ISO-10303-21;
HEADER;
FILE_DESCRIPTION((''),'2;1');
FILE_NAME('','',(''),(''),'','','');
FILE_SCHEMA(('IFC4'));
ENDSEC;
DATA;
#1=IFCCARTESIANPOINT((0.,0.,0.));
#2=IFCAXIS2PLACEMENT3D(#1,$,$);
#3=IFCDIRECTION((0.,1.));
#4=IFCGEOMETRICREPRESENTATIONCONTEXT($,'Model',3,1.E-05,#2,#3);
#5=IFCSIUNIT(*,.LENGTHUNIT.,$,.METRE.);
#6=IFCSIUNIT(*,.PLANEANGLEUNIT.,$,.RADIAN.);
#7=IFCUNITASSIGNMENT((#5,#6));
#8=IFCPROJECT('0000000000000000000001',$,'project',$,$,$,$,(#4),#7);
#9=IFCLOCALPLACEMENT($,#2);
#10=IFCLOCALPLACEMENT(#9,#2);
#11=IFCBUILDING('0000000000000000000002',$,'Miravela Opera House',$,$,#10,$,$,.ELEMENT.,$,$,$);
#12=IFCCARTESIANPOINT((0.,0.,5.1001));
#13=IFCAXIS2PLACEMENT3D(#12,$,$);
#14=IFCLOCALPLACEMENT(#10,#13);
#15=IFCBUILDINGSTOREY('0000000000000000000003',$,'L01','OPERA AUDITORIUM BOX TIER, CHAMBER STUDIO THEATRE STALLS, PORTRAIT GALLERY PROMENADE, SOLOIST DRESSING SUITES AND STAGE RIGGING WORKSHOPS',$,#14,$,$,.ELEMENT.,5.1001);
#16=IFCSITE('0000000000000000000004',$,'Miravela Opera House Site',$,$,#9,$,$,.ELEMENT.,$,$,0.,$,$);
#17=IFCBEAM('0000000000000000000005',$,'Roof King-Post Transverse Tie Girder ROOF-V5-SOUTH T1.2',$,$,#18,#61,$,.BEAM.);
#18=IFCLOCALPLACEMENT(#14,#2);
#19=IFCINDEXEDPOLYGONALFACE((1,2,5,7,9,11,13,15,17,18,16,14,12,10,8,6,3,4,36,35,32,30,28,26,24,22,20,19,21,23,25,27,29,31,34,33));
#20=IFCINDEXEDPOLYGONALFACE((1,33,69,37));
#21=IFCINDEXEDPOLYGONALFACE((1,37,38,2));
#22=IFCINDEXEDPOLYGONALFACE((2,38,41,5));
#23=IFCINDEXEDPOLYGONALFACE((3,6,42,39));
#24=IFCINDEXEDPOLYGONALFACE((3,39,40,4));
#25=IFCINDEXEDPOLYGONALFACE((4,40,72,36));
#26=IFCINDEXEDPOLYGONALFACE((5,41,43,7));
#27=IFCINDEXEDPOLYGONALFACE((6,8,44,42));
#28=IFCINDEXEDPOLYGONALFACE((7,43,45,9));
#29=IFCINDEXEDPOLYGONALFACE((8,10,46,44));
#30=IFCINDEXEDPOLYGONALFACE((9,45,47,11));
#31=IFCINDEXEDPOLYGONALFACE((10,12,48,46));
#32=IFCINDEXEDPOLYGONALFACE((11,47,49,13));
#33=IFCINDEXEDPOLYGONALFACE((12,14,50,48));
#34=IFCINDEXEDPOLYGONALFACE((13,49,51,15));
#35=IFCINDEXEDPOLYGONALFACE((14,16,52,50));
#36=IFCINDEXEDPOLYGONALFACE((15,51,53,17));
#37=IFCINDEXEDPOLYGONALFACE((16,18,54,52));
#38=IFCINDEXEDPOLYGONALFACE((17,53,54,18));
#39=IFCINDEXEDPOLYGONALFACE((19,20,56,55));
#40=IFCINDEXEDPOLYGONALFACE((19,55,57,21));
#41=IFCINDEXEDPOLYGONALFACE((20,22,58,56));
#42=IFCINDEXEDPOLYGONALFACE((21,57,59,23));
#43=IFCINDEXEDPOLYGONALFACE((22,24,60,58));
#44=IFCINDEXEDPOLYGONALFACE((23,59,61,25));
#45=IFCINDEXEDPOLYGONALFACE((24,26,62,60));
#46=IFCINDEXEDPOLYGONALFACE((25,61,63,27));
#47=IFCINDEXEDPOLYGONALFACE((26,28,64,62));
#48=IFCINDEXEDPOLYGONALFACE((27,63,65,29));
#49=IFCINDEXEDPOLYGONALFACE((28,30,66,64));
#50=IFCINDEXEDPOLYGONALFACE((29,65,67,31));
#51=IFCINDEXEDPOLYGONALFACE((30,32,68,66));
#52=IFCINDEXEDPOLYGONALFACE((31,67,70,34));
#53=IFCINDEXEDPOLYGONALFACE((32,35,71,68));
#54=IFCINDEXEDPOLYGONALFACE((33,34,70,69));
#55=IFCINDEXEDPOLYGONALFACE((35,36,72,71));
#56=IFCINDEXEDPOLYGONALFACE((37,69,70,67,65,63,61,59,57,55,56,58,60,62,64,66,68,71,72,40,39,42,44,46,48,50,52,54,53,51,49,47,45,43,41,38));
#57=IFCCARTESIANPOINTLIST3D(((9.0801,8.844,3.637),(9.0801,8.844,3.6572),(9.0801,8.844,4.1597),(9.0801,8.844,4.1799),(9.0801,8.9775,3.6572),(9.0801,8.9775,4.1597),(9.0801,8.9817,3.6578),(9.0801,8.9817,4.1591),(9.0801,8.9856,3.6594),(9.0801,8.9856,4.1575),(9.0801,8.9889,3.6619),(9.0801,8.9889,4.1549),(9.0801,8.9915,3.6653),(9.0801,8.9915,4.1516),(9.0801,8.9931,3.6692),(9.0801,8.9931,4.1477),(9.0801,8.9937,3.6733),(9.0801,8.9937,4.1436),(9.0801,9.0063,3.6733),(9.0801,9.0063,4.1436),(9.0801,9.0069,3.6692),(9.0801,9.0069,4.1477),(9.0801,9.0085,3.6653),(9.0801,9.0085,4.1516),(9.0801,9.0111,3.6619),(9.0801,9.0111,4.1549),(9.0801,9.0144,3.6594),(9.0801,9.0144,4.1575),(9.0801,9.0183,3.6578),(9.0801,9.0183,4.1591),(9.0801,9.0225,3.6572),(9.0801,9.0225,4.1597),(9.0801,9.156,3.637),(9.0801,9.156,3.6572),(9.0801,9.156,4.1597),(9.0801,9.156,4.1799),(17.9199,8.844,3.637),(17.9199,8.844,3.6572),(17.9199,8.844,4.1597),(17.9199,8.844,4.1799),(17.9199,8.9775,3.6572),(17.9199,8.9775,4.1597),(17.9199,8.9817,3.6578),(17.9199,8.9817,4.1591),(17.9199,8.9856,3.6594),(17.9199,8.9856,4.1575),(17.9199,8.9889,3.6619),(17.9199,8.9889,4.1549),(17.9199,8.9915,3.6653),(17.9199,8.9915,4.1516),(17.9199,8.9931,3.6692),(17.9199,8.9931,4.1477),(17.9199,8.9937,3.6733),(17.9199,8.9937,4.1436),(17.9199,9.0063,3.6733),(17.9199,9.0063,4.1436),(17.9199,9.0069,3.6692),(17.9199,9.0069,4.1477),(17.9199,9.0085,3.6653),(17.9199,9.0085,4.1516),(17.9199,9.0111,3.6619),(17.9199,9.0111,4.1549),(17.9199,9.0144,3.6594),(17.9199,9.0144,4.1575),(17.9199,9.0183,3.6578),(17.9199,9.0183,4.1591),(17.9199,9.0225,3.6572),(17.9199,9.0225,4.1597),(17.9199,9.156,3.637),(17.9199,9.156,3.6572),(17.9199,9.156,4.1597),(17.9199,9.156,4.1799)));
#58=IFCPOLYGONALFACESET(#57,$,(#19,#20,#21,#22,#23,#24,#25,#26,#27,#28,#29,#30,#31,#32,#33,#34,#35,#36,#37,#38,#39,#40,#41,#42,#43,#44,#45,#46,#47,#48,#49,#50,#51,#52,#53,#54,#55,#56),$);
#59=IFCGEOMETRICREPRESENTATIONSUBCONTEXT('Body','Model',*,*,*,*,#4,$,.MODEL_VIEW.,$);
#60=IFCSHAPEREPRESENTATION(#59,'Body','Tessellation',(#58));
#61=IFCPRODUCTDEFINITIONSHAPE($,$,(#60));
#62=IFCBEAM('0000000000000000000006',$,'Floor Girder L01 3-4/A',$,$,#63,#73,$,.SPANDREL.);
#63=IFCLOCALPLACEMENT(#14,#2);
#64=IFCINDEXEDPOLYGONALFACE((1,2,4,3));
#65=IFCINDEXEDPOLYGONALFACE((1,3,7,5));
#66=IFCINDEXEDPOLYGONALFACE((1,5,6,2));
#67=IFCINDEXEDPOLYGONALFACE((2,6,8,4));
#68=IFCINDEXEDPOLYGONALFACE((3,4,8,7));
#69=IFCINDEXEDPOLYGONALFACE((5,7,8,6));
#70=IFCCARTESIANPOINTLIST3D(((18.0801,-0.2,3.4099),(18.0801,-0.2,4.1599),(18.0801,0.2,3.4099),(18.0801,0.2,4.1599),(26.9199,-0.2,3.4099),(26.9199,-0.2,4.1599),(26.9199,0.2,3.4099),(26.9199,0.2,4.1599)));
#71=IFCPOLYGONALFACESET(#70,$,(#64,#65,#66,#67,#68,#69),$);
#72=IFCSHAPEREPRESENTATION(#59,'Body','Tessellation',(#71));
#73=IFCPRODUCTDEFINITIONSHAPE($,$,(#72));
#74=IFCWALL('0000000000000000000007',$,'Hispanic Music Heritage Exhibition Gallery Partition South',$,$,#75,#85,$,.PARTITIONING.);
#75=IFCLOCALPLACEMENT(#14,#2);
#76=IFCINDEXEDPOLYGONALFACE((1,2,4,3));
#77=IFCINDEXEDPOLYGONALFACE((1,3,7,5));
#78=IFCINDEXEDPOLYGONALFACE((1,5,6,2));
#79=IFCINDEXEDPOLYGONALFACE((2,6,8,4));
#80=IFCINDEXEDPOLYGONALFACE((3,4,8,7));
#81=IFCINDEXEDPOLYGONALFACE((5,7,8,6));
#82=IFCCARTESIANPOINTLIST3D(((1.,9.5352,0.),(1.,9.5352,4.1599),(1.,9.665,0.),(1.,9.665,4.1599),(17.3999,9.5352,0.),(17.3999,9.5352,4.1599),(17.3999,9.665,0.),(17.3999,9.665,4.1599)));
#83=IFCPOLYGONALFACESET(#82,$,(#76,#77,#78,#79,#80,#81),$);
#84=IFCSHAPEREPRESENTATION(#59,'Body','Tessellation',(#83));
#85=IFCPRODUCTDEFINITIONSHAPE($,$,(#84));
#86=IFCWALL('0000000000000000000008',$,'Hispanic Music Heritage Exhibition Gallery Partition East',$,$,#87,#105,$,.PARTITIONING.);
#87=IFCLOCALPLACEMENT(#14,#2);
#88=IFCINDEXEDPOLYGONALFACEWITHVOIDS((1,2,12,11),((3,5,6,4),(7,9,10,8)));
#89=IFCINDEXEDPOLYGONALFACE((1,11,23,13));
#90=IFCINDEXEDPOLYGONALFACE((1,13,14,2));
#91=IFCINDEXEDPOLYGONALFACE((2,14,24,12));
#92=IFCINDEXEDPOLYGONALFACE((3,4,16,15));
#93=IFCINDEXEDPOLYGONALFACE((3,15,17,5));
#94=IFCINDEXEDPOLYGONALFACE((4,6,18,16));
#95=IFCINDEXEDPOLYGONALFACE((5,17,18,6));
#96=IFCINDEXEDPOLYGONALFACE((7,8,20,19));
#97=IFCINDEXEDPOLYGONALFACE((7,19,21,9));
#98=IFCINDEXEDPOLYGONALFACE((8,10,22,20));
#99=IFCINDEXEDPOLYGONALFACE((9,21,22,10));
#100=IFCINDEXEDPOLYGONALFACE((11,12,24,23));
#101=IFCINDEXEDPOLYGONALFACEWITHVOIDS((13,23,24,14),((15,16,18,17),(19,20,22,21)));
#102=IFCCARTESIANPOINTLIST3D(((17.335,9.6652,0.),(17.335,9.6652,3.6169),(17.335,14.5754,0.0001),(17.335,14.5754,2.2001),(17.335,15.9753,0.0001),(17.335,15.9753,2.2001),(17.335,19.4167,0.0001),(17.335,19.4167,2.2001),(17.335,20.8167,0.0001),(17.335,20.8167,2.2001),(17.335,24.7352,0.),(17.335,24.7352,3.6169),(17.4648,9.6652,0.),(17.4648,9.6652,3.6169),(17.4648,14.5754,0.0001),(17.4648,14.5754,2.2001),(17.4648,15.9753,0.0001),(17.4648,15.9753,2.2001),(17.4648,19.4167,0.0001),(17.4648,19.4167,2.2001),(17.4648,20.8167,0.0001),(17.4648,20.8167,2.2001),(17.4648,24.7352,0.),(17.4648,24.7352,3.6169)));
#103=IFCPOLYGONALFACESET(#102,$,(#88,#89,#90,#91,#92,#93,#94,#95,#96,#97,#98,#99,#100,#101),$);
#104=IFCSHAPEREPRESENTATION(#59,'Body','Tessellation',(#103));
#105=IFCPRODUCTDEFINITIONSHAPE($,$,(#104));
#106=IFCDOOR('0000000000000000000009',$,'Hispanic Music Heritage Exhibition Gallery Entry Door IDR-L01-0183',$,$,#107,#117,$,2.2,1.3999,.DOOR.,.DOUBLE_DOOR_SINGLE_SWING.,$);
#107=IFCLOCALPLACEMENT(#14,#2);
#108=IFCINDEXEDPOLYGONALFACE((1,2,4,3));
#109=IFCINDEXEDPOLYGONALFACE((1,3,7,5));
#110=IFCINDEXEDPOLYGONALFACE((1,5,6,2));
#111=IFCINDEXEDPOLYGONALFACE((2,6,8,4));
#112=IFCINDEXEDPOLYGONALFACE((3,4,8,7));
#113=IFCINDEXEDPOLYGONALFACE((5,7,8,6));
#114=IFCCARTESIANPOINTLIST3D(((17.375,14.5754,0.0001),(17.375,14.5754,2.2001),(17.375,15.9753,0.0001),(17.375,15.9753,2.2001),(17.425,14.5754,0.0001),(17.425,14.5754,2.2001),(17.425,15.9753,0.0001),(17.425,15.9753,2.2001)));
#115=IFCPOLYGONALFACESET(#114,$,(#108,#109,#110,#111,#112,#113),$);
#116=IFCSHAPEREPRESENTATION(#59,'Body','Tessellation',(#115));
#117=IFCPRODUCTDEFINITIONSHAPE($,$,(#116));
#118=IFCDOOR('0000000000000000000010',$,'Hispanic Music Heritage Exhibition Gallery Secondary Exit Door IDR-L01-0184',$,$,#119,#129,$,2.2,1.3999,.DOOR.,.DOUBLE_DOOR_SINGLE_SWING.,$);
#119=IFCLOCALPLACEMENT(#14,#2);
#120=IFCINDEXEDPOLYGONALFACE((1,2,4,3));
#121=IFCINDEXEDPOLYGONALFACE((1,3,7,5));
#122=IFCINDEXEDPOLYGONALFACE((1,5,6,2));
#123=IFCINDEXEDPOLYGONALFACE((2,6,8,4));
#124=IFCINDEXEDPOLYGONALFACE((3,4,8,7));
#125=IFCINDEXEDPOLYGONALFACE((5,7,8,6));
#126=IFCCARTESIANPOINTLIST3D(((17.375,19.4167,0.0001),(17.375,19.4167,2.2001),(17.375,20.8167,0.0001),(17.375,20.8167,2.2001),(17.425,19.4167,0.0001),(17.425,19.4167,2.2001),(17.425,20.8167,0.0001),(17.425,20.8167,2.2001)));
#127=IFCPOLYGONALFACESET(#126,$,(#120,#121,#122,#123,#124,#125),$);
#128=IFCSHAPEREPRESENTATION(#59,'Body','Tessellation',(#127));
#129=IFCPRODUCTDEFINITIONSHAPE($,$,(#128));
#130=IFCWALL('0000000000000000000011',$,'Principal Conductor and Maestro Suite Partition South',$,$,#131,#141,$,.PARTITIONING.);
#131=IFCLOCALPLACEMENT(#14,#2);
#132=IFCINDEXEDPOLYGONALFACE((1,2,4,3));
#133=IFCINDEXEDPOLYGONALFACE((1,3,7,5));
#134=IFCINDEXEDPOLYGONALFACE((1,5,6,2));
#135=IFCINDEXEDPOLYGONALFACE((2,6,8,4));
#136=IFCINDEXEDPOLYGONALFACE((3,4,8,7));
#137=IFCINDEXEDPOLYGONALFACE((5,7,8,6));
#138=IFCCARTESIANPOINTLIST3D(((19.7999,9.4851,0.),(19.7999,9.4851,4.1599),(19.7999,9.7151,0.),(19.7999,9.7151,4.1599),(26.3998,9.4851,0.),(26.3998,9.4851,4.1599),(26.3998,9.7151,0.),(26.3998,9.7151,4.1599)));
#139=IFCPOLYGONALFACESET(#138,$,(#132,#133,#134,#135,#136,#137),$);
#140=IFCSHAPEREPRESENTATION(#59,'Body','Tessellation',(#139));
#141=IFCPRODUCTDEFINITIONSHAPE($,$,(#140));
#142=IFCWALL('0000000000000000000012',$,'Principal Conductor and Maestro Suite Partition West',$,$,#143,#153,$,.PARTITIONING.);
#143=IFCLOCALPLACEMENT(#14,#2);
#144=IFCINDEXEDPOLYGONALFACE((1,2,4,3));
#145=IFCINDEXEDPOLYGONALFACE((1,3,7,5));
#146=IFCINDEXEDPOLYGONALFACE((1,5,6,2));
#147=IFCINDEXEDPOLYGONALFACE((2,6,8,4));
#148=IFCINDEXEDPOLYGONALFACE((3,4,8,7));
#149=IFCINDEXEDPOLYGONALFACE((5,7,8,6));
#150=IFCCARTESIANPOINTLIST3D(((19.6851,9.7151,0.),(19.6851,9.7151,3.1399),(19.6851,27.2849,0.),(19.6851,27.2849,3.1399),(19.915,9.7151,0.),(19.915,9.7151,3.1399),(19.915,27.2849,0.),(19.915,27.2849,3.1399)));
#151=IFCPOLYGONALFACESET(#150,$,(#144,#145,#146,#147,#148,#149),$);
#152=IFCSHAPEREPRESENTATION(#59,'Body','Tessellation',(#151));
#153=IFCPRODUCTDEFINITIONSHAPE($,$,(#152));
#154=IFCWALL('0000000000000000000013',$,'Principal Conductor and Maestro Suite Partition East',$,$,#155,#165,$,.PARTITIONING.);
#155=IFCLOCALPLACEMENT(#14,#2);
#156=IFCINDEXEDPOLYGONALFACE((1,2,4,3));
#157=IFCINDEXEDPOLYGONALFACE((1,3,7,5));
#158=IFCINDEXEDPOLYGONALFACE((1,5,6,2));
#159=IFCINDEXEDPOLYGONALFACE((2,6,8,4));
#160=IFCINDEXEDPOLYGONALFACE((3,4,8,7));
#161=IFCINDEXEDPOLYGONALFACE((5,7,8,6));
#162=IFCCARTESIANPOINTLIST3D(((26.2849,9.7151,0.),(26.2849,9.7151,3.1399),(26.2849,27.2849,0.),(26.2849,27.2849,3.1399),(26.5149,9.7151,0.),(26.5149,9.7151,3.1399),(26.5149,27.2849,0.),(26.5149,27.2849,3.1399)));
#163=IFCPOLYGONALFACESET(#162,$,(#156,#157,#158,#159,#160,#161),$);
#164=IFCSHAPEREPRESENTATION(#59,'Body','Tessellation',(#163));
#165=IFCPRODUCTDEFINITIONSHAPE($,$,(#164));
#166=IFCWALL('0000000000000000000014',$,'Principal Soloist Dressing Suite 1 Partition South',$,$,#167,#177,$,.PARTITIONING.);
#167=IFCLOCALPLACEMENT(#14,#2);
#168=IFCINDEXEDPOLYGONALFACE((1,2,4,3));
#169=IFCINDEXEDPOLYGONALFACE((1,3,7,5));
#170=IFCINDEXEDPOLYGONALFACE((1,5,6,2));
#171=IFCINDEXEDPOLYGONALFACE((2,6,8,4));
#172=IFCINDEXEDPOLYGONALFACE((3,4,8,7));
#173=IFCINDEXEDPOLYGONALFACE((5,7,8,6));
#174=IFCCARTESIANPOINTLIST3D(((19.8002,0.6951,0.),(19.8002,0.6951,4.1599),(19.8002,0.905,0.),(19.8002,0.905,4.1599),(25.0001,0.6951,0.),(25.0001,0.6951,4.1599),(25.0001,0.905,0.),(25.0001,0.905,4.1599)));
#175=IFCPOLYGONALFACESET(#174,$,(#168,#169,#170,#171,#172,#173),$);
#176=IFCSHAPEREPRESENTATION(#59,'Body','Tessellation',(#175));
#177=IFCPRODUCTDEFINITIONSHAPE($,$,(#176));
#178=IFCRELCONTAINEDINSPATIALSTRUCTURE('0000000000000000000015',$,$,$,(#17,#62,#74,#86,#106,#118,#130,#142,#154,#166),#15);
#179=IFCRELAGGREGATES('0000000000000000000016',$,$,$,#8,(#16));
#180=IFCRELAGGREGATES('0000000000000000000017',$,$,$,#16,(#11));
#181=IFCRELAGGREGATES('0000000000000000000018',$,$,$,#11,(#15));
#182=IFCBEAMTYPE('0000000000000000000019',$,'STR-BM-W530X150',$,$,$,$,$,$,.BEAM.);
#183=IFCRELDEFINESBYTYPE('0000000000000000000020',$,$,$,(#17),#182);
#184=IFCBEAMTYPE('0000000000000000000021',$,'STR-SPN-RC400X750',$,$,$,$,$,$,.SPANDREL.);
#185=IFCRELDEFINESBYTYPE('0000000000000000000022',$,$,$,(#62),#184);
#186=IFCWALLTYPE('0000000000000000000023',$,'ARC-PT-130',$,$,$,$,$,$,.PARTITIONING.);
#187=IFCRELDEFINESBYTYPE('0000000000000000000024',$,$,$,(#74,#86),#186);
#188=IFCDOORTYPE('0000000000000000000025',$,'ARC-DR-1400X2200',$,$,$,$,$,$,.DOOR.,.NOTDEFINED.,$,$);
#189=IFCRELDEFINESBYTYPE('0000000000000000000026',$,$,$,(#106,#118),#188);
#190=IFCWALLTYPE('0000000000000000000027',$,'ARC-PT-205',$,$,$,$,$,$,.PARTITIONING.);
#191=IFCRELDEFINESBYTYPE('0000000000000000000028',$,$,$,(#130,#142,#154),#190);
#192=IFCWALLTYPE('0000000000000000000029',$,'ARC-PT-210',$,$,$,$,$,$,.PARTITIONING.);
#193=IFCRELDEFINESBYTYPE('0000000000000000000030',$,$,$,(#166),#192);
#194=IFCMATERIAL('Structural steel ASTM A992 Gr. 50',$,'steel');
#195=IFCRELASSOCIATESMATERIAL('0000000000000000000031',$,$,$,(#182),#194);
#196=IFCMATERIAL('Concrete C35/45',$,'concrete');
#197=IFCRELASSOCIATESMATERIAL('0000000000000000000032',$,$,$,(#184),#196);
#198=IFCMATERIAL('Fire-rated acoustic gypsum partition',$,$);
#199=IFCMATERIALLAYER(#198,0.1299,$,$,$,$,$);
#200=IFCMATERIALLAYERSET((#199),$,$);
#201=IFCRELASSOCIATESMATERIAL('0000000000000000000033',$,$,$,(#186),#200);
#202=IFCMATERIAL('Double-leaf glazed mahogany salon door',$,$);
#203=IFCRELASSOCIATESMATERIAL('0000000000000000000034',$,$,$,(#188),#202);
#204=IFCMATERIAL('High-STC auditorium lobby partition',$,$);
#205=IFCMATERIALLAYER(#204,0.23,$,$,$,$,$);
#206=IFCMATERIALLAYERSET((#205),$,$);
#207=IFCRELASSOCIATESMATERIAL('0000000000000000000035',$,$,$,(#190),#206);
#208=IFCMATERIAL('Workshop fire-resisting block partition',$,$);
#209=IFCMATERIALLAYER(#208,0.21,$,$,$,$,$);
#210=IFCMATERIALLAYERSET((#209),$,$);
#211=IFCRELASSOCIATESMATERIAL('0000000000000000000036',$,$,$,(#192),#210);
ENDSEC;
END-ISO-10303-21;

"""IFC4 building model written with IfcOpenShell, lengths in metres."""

from ifc_helpers import new_model, si_unit, direction, frame, frame_2d, origin, origin_2d, place, context, subcontext, project, spatial, rectangle, i_section, extrude, material, layer, layer_set, material_profile, profile_set, type_object, element, fill, save


model = new_model("IFC4")

# Units and contexts
model_context = context("Model", 3, precision=1e-05, world=origin(), true_north=direction((0.0, 1.0)))
body_context = subcontext(model_context, "Body", "Model", "MODEL_VIEW")
ifc_project = project(units=[si_unit("LENGTHUNIT", "METRE"), si_unit("PLANEANGLEUNIT", "RADIAN")], contexts=[model_context])

# Site, building, storey
site_placement = place(None, origin())
site = spatial("IfcSite", under=ifc_project, at=site_placement, Name="Miravela Opera House Site", CompositionType="ELEMENT", RefElevation=0.0)
building_placement = place(site_placement, origin())
building = spatial("IfcBuilding", under=site, at=building_placement, Name="Miravela Opera House", CompositionType="ELEMENT")
storey_placement = place(building_placement, frame((0.0, 0.0, 5.1001)))
storey = spatial("IfcBuildingStorey", under=building, at=storey_placement, Name="L01", Description="OPERA AUDITORIUM BOX TIER, CHAMBER STUDIO THEATRE STALLS, PORTRAIT GALLERY PROMENADE, SOLOIST DRESSING SUITES AND STAGE RIGGING WORKSHOPS", CompositionType="ELEMENT", Elevation=5.1001)

# Shared definitions
ifc_material_1 = material(Name="Concrete C35/45", Category="concrete")

# Beams
ifc_material_2 = material(Name="Structural steel ASTM A992 Gr. 50", Category="steel")
ifc_material_profile_1 = material_profile(ifc_material_2, i_section(OverallWidth=0.312, OverallDepth=0.543, WebThickness=0.0127, FlangeThickness=0.0203, FilletRadius=0.0161, at=origin_2d()), Name="W530X150")
ifc_profile_set_1 = profile_set([ifc_material_profile_1])
beam_type_1 = type_object("IfcBeamType", Name="STR-BM-W530X150", PredefinedType="BEAM", material=ifc_profile_set_1)
for number, where, z_axis, x_axis, name in (
    (1, (9.0801, 9.0, 3.9084), (1.0, 0.0, 0.0), (0.0, 1.0, 0.0), "Roof King-Post Transverse Tie Girder ROOF-V5-SOUTH T1.2"),
):
    element("IfcBeam", number, at=place(storey_placement, frame(where, z_axis=z_axis, x_axis=x_axis)), inside=storey, type_object=beam_type_1, Name=name, PredefinedType="BEAM", context=body_context, shape_type="SweptSolid", body=[
        extrude(i_section(OverallWidth=0.312, OverallDepth=0.543, WebThickness=0.0127, FlangeThickness=0.0203, FilletRadius=0.0161, at=origin_2d()), origin(), (0.0, 0.0, 1.0), 8.8398),
    ])
ifc_material_profile_2 = material_profile(ifc_material_1, rectangle(XDim=0.3999, YDim=0.75, at=origin_2d()), Name="RC-SPN-400X750")
ifc_profile_set_2 = profile_set([ifc_material_profile_2])
beam_type_2 = type_object("IfcBeamType", Name="STR-SPN-RC400X750", PredefinedType="SPANDREL", material=ifc_profile_set_2)
beam_1_placement = place(storey_placement, frame((18.0801, 0.0, 3.7849), z_axis=(1.0, 0.0, 0.0), x_axis=(0.0, 1.0, 0.0)))
element("IfcBeam", 2, at=beam_1_placement, inside=storey, type_object=beam_type_2, Name="Floor Girder L01 3-4/A", PredefinedType="SPANDREL", context=body_context, shape_type="SweptSolid", body=[
    extrude(rectangle(XDim=0.3999, YDim=0.75, at=origin_2d()), origin(), (0.0, 0.0, 1.0), 8.8398),
])

# Wall
ifc_material_3 = material(Name="Fire-rated acoustic gypsum partition")
ifc_layer_1 = layer(ifc_material_3, 0.1299)
ifc_layer_set_1 = layer_set([ifc_layer_1])
wall_type_1 = type_object("IfcWallType", Name="ARC-PT-130", PredefinedType="PARTITIONING", material=ifc_layer_set_1)
wall_1_placement = place(storey_placement, frame((1.0, 9.6001, 0.0), z_axis=(0.0, 0.0, 1.0), x_axis=(1.0, 0.0, 0.0)))
element("IfcWall", 3, at=wall_1_placement, inside=storey, type_object=wall_type_1, Name="Hispanic Music Heritage Exhibition Gallery Partition South", PredefinedType="PARTITIONING", context=body_context, shape_type="SweptSolid", body=[
    extrude(rectangle(XDim=16.3999, YDim=0.1299, at=frame_2d((8.2, 0.0))), origin(), (0.0, 0.0, 1.0), 4.1599),
])

# Wall, openings, doors
wall_2_placement = place(storey_placement, frame((17.3999, 9.665, 0.0), z_axis=(0.0, 0.0, 1.0), x_axis=(0.0, 1.0, 0.0)))
wall_2 = element("IfcWall", 4, at=wall_2_placement, inside=storey, type_object=wall_type_1, Name="Hispanic Music Heritage Exhibition Gallery Partition East", PredefinedType="PARTITIONING", context=body_context, shape_type="SweptSolid", body=[
    extrude(rectangle(XDim=15.0701, YDim=0.1299, at=frame_2d((7.5352, 0.0))), origin(), (0.0, 0.0, 1.0), 3.6169),
])
opening_1_placement = place(wall_2_placement, frame((4.9104, 0.0, 0.0)))
opening_1 = element("IfcOpeningElement", 5, at=opening_1_placement, cuts=wall_2, PredefinedType="OPENING", context=body_context, shape_type="SweptSolid", body=[
    extrude(rectangle(XDim=1.3999, YDim=2.2, at=frame_2d((0.7, 1.1001))), frame((0.0, 0.075, 0.0), z_axis=(0.0, -1.0, 0.0), x_axis=(1.0, 0.0, 0.0)), (0.0, 0.0, 1.0), 0.1499),
])
opening_2_placement = place(wall_2_placement, frame((9.7517, 0.0, 0.0)))
opening_2 = element("IfcOpeningElement", 6, at=opening_2_placement, cuts=wall_2, PredefinedType="OPENING", context=body_context, shape_type="SweptSolid", body=[
    extrude(rectangle(XDim=1.3999, YDim=2.2, at=frame_2d((0.7, 1.1001))), frame((0.0, 0.075, 0.0), z_axis=(0.0, -1.0, 0.0), x_axis=(1.0, 0.0, 0.0)), (0.0, 0.0, 1.0), 0.1499),
])
ifc_material_4 = material(Name="Double-leaf glazed mahogany salon door")
door_type_1 = type_object("IfcDoorType", Name="ARC-DR-1400X2200", OperationType="NOTDEFINED", PredefinedType="DOOR", material=ifc_material_4)
door_1_placement = place(opening_1_placement, origin())
door_1 = element("IfcDoor", 7, at=door_1_placement, inside=storey, type_object=door_type_1, Name="Hispanic Music Heritage Exhibition Gallery Entry Door IDR-L01-0183", OperationType="DOUBLE_DOOR_SINGLE_SWING", OverallHeight=2.2, OverallWidth=1.3999, PredefinedType="DOOR", context=body_context, shape_type="SweptSolid", body=[
    extrude(rectangle(XDim=1.3999, YDim=2.2, at=frame_2d((0.7, 1.1001))), frame((0.0, 0.0249, 0.0), z_axis=(0.0, -1.0, 0.0), x_axis=(1.0, 0.0, 0.0)), (0.0, 0.0, 1.0), 0.05),
])
fill(opening_1, door_1)
door_2_placement = place(opening_2_placement, origin())
door_2 = element("IfcDoor", 8, at=door_2_placement, inside=storey, type_object=door_type_1, Name="Hispanic Music Heritage Exhibition Gallery Secondary Exit Door IDR-L01-0184", OperationType="DOUBLE_DOOR_SINGLE_SWING", OverallHeight=2.2, OverallWidth=1.3999, PredefinedType="DOOR", context=body_context, shape_type="SweptSolid", body=[
    extrude(rectangle(XDim=1.3999, YDim=2.2, at=frame_2d((0.7, 1.1001))), frame((0.0, 0.0249, 0.0), z_axis=(0.0, -1.0, 0.0), x_axis=(1.0, 0.0, 0.0)), (0.0, 0.0, 1.0), 0.05),
])
fill(opening_2, door_2)

# Walls
ifc_material_5 = material(Name="High-STC auditorium lobby partition")
ifc_layer_2 = layer(ifc_material_5, 0.23)
ifc_layer_set_2 = layer_set([ifc_layer_2])
wall_type_2 = type_object("IfcWallType", Name="ARC-PT-205", PredefinedType="PARTITIONING", material=ifc_layer_set_2)
wall_3_placement = place(storey_placement, frame((19.8, 9.6001, 0.0), z_axis=(0.0, 0.0, 1.0), x_axis=(1.0, 0.0, 0.0)))
element("IfcWall", 9, at=wall_3_placement, inside=storey, type_object=wall_type_2, Name="Principal Conductor and Maestro Suite Partition South", PredefinedType="PARTITIONING", context=body_context, shape_type="SweptSolid", body=[
    extrude(rectangle(XDim=6.5999, YDim=0.23, at=frame_2d((3.2998, 0.0))), origin(), (0.0, 0.0, 1.0), 4.1599),
])
for number, where, z_axis, x_axis, name in (
    (10, (19.8, 9.7151, 0.0), (0.0, 0.0, 1.0), (0.0, 1.0, 0.0), "Principal Conductor and Maestro Suite Partition West"),
    (11, (26.3999, 9.7151, 0.0), (0.0, 0.0, 1.0), (0.0, 1.0, 0.0), "Principal Conductor and Maestro Suite Partition East"),
):
    element("IfcWall", number, at=place(storey_placement, frame(where, z_axis=z_axis, x_axis=x_axis)), inside=storey, type_object=wall_type_2, Name=name, PredefinedType="PARTITIONING", context=body_context, shape_type="SweptSolid", body=[
        extrude(rectangle(XDim=17.5698, YDim=0.23, at=frame_2d((8.7849, 0.0))), origin(), (0.0, 0.0, 1.0), 3.1399),
    ])
ifc_material_6 = material(Name="Workshop fire-resisting block partition")
ifc_layer_3 = layer(ifc_material_6, 0.21)
ifc_layer_set_3 = layer_set([ifc_layer_3])
wall_type_3 = type_object("IfcWallType", Name="ARC-PT-210", PredefinedType="PARTITIONING", material=ifc_layer_set_3)
for number, where, z_axis, x_axis, name in (
    (12, (19.8, 0.8, 0.0), (0.0, 0.0, 1.0), (1.0, 0.0, 0.0), "Principal Soloist Dressing Suite 1 Partition South"),
):
    element("IfcWall", number, at=place(storey_placement, frame(where, z_axis=z_axis, x_axis=x_axis)), inside=storey, type_object=wall_type_3, Name=name, PredefinedType="PARTITIONING", context=body_context, shape_type="SweptSolid", body=[
        extrude(rectangle(XDim=5.2, YDim=0.21, at=frame_2d((2.6001, 0.0))), origin(), (0.0, 0.0, 1.0), 4.1599),
    ])

save(model, "model.ifc")
